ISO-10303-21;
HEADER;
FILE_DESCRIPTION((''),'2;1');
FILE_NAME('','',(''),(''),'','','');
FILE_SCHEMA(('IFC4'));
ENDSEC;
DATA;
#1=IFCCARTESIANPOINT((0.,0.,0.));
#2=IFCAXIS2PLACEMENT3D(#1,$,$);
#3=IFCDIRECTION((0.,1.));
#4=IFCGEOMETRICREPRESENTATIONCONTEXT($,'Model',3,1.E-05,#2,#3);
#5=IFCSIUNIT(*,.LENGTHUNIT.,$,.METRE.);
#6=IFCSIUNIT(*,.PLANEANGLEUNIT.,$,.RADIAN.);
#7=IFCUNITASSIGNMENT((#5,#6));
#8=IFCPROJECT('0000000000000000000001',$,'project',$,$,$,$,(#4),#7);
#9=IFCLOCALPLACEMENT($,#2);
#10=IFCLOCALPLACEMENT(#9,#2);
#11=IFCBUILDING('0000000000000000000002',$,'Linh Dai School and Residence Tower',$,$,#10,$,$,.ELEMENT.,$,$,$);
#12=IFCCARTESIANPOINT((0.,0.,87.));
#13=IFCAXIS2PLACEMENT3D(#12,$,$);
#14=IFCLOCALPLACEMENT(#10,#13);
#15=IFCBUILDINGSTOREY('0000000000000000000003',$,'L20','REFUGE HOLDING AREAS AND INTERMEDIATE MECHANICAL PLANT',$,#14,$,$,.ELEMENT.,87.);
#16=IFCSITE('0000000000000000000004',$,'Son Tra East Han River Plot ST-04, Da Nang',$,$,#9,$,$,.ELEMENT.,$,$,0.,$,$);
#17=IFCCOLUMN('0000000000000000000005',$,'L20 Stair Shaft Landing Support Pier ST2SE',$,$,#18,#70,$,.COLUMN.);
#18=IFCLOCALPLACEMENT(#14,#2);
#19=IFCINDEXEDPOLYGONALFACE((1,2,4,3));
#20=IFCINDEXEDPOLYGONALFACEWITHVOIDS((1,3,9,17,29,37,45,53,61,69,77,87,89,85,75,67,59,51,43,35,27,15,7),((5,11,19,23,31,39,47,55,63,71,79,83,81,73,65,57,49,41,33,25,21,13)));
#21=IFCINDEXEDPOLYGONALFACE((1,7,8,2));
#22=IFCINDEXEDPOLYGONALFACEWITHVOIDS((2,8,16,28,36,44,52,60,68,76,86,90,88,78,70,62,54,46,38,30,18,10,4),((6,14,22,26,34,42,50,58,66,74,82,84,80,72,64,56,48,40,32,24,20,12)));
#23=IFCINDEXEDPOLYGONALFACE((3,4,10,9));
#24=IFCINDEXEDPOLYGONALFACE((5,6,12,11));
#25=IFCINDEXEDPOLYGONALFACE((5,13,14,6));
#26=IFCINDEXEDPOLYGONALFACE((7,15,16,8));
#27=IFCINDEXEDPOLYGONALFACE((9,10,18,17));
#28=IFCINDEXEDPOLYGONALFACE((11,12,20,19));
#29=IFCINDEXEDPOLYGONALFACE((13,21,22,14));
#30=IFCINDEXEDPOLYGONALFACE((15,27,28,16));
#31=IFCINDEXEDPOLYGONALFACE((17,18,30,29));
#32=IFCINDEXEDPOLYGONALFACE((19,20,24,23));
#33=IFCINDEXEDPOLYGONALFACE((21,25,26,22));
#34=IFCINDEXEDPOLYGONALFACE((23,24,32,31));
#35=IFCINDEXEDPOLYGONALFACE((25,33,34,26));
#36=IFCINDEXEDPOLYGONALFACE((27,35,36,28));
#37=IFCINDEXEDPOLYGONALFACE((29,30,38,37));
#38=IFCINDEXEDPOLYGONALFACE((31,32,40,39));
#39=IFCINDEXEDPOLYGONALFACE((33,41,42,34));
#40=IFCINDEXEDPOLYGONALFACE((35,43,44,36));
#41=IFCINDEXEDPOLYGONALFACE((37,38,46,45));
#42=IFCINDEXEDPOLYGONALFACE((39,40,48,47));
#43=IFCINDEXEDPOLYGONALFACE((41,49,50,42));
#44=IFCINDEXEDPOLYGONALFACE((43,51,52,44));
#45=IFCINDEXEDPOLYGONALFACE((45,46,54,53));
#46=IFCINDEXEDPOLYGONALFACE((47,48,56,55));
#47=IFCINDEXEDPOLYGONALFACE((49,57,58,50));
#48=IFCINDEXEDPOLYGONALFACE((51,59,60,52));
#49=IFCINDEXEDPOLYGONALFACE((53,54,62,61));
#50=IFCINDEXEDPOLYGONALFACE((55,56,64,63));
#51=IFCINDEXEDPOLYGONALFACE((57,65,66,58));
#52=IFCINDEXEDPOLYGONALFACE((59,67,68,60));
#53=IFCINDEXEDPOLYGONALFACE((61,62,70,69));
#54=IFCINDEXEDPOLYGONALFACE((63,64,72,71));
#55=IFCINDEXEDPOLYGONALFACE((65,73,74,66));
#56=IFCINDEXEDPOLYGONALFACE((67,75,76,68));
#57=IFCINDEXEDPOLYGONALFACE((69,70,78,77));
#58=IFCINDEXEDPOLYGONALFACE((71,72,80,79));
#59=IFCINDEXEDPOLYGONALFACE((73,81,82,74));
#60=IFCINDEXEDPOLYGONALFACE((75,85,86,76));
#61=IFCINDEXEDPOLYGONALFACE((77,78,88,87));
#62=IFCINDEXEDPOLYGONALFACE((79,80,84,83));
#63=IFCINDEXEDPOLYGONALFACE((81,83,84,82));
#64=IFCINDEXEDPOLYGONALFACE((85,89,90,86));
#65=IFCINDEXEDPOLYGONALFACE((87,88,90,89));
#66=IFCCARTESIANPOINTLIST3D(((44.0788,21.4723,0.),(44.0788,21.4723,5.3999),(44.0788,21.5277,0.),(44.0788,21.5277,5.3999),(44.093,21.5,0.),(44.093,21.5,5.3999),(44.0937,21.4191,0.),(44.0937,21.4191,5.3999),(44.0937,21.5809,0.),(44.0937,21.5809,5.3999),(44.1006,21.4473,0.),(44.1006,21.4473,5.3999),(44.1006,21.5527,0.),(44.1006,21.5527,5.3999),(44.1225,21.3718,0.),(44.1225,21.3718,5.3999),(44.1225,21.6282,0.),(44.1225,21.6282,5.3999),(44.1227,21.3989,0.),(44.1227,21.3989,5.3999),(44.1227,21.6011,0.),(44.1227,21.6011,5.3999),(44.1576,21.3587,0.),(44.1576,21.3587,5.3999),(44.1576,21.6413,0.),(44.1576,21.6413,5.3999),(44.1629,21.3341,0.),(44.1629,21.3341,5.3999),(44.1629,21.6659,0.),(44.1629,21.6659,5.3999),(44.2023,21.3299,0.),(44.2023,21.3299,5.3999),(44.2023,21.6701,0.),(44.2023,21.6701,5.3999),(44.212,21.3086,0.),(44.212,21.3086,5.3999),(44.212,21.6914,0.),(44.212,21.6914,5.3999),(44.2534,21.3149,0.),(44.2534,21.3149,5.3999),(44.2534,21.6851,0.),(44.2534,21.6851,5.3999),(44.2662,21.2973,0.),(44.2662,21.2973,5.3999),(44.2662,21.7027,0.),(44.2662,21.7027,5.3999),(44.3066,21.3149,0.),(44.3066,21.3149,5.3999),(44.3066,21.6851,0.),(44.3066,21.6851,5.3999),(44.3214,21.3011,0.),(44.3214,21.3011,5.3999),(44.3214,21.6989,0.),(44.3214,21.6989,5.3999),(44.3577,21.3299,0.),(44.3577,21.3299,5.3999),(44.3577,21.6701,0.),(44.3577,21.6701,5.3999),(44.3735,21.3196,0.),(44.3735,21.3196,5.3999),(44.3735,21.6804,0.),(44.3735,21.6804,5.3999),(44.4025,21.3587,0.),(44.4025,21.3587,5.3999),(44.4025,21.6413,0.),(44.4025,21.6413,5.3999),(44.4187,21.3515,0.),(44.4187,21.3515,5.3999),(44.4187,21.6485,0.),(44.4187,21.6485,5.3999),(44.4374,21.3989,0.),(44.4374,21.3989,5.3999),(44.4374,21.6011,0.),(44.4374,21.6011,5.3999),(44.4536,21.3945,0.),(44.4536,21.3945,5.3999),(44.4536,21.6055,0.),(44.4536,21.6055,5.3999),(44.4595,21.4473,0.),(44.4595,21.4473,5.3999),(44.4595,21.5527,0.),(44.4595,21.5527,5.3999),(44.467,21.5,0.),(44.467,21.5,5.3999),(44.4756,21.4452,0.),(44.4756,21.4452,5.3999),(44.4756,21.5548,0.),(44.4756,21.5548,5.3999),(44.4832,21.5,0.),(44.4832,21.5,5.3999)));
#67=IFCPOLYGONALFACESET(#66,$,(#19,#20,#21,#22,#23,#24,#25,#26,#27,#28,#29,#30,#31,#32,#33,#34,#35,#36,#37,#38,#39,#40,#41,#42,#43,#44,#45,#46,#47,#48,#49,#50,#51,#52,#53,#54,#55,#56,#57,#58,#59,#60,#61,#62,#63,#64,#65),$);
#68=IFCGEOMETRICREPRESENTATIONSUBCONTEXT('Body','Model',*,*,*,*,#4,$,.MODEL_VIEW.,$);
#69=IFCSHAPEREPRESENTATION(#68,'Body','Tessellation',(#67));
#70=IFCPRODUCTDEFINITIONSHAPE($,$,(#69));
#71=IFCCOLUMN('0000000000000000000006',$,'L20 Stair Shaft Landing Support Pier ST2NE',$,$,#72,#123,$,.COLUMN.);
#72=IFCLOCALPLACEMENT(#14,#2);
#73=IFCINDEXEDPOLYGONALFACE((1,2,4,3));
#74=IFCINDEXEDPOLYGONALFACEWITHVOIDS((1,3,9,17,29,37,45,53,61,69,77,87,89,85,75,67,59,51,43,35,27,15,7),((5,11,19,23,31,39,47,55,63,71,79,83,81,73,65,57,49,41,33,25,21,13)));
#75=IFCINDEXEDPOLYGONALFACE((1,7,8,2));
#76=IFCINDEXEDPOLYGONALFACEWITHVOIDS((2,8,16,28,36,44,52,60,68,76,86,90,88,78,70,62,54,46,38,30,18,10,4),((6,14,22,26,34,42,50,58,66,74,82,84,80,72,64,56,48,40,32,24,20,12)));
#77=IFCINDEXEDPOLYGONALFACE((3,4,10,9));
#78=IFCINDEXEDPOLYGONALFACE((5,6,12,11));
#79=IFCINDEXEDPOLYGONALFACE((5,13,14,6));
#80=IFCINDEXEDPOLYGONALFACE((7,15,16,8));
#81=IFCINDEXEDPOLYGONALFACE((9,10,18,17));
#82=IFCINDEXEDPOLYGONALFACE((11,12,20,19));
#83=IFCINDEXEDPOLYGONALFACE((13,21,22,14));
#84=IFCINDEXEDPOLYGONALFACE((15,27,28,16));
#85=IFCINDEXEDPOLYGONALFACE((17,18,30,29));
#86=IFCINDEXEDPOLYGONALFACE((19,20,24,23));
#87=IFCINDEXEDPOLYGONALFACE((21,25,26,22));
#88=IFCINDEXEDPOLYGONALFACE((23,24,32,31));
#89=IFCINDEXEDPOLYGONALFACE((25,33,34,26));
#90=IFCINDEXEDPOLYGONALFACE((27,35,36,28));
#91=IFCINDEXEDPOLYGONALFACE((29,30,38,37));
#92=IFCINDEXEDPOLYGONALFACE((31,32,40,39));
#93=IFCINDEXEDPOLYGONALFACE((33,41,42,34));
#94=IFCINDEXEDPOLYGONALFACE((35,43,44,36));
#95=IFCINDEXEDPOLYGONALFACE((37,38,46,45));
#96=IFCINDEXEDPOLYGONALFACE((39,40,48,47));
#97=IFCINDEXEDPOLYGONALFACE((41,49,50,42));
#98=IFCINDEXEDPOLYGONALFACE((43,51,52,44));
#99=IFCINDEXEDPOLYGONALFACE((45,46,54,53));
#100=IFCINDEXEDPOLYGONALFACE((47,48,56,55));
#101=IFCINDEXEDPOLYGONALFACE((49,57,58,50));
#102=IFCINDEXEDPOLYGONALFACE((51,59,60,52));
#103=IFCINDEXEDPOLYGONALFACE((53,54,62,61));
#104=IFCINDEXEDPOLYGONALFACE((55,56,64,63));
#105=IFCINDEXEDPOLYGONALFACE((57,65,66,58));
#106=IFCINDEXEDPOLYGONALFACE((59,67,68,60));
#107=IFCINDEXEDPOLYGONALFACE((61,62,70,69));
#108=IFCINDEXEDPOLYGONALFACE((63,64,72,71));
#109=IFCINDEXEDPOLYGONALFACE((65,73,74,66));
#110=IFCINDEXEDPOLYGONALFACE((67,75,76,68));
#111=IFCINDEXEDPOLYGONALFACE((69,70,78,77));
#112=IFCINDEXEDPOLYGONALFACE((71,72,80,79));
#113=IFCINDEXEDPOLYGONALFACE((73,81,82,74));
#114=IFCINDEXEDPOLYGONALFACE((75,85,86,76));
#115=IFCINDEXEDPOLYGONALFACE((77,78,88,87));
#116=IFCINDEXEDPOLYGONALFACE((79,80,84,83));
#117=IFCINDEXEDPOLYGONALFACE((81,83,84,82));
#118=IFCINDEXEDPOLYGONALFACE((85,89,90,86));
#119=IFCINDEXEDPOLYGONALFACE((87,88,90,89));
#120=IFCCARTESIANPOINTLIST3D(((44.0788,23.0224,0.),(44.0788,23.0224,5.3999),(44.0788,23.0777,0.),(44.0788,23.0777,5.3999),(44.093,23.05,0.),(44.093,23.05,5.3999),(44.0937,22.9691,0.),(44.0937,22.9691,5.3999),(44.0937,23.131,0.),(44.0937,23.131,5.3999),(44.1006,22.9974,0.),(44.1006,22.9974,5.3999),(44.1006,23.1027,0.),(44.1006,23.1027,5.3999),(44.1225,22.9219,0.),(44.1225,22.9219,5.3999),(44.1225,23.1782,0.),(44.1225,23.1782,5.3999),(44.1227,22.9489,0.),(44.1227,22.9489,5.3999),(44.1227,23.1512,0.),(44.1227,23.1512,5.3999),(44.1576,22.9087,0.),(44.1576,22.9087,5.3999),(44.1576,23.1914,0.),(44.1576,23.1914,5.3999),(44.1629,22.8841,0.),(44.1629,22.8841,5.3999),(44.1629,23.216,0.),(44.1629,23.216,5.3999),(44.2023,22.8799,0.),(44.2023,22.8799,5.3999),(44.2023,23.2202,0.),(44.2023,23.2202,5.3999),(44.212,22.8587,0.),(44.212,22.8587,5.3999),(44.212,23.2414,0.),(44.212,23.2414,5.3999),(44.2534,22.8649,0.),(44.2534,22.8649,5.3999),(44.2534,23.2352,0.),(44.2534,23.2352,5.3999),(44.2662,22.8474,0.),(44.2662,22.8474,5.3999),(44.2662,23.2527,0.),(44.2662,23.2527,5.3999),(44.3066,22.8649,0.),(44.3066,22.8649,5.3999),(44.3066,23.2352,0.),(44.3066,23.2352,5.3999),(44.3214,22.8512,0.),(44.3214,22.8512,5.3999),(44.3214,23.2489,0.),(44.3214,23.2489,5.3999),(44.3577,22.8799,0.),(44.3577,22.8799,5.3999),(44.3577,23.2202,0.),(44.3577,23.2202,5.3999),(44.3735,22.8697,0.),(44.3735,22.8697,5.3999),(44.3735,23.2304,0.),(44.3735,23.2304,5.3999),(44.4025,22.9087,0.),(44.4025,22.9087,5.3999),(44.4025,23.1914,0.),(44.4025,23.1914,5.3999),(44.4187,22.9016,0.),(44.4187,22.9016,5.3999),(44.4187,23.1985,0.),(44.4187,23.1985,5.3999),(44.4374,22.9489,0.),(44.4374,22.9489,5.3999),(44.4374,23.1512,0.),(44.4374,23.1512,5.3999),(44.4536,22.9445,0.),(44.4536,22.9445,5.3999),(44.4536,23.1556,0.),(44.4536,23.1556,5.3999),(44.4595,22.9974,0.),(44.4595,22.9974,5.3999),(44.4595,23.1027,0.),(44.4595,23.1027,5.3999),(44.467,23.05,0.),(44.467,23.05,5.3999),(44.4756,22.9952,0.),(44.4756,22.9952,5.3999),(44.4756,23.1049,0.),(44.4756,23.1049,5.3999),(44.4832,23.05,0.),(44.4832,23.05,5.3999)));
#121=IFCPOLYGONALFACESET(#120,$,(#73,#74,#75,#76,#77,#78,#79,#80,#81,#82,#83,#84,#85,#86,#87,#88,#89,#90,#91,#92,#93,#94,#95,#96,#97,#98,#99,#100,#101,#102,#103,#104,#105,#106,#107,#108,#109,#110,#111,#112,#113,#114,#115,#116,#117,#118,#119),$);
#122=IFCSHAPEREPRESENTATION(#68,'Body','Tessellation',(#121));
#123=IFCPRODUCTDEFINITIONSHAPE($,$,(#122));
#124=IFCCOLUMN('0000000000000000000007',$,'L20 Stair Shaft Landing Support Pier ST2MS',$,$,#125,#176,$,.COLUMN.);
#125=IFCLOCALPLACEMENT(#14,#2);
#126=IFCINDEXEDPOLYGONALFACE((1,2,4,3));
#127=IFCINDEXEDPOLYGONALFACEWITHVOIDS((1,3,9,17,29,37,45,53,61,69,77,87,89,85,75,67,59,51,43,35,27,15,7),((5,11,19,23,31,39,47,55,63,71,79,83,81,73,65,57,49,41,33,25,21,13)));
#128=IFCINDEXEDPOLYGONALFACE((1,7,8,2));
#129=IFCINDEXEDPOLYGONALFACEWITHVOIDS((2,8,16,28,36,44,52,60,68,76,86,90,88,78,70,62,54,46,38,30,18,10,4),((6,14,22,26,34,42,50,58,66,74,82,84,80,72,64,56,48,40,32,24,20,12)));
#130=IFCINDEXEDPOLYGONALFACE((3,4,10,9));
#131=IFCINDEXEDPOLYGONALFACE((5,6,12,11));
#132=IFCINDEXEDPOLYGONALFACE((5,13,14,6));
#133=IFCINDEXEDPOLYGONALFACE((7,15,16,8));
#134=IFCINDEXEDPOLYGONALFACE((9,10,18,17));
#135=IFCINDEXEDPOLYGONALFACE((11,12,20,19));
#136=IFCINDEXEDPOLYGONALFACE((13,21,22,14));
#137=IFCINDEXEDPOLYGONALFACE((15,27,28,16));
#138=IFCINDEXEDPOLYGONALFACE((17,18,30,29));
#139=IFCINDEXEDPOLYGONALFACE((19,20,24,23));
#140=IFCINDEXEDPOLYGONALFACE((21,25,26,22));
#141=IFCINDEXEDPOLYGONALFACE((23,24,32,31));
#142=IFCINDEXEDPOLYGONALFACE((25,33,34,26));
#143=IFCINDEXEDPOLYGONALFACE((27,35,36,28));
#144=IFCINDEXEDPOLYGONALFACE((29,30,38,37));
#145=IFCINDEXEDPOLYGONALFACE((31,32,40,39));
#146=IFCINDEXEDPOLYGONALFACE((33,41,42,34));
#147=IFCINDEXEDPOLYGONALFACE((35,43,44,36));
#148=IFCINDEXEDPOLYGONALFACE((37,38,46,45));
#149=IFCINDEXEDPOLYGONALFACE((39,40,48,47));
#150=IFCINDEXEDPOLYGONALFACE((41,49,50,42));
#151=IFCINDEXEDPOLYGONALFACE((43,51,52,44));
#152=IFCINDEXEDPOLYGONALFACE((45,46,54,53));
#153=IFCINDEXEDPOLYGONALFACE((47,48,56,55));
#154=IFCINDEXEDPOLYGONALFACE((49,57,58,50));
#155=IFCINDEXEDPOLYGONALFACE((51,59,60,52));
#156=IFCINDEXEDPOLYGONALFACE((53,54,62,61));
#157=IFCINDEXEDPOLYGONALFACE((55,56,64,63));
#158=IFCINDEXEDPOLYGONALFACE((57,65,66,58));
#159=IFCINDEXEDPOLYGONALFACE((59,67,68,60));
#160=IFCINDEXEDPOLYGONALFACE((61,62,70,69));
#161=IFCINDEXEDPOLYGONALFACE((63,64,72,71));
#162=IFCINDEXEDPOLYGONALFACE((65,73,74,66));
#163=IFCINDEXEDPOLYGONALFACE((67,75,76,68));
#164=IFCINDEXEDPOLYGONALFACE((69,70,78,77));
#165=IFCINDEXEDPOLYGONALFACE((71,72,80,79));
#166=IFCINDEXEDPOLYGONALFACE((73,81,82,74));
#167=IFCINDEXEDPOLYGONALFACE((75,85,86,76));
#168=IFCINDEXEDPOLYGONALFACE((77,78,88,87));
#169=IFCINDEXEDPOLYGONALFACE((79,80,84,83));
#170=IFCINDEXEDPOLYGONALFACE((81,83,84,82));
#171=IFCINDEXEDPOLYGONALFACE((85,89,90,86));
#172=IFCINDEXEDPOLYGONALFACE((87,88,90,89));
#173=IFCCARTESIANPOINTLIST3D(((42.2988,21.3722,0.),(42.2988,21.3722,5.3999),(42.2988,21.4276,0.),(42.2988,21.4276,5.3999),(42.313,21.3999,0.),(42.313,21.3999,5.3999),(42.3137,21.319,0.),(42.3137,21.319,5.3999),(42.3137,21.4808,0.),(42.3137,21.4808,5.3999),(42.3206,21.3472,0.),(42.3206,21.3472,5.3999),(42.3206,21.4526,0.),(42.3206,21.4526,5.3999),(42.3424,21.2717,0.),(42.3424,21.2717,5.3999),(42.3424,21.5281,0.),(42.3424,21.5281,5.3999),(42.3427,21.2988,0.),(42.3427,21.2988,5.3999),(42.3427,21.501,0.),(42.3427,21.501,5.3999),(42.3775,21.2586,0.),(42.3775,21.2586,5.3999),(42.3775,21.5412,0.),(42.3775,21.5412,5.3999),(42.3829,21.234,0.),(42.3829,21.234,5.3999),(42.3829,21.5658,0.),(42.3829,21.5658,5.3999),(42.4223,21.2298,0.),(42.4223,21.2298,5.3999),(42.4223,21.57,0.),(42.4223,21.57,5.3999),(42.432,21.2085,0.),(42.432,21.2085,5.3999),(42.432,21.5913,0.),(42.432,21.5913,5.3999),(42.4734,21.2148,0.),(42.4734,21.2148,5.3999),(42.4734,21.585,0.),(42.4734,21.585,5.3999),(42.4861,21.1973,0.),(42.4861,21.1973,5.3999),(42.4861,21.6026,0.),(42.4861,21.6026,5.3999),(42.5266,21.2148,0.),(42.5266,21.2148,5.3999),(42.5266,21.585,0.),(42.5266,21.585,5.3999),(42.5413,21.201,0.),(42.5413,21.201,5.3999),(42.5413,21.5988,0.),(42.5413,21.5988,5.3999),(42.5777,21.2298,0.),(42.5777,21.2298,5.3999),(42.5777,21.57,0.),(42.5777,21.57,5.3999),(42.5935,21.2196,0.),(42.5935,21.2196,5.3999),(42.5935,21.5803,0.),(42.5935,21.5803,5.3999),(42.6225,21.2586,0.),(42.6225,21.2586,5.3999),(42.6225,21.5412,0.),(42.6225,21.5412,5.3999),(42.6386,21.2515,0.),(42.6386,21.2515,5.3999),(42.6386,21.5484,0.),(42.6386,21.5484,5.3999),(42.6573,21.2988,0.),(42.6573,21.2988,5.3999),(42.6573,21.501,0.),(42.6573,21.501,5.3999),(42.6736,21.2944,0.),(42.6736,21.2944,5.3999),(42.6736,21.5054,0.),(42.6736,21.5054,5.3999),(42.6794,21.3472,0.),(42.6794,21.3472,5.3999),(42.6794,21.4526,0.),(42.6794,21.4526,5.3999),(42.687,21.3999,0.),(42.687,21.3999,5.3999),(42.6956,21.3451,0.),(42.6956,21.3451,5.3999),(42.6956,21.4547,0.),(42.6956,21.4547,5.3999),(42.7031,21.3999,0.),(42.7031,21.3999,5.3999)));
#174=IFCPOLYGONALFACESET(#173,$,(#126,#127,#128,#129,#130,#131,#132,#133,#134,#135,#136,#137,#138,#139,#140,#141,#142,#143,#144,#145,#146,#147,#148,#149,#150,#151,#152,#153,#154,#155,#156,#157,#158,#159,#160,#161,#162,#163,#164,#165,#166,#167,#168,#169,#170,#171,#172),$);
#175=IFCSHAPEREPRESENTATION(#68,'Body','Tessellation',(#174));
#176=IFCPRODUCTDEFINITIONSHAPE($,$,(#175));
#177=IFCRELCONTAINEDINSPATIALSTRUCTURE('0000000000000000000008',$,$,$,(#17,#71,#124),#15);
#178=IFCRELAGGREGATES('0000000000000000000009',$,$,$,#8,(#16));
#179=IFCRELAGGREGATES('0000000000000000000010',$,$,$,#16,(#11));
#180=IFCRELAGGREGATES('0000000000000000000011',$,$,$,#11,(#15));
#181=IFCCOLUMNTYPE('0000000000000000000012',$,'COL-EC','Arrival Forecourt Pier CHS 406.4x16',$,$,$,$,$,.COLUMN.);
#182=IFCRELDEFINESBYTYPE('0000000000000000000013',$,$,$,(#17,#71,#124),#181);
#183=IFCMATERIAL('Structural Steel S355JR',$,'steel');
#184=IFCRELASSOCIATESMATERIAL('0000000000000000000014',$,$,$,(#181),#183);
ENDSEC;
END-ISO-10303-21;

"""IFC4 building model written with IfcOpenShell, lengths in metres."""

from ifc_helpers import new_model, si_unit, direction, frame, origin, origin_2d, place, context, subcontext, project, spatial, hollow_circle, extrude, material, material_profile, profile_set, type_object, element, save


model = new_model("IFC4")

# Units and contexts
model_context = context("Model", 3, precision=1e-05, world=origin(), true_north=direction((0.0, 1.0)))
body_context = subcontext(model_context, "Body", "Model", "MODEL_VIEW")
ifc_project = project(units=[si_unit("LENGTHUNIT", "METRE"), si_unit("PLANEANGLEUNIT", "RADIAN")], contexts=[model_context])

# Site, building, storey
site_placement = place(None, origin())
site = spatial("IfcSite", under=ifc_project, at=site_placement, Name="Son Tra East Han River Plot ST-04, Da Nang", CompositionType="ELEMENT", RefElevation=0.0)
building_placement = place(site_placement, origin())
building = spatial("IfcBuilding", under=site, at=building_placement, Name="Linh Dai School and Residence Tower", CompositionType="ELEMENT")
storey_placement = place(building_placement, frame((0.0, 0.0, 87.0)))
storey = spatial("IfcBuildingStorey", under=building, at=storey_placement, Name="L20", Description="REFUGE HOLDING AREAS AND INTERMEDIATE MECHANICAL PLANT", CompositionType="ELEMENT", Elevation=87.0)

# Columns
ifc_material_1 = material(Name="Structural Steel S355JR", Category="steel")
ifc_material_profile_1 = material_profile(ifc_material_1, hollow_circle(Radius=0.2031, WallThickness=0.0161, at=origin_2d()), Name="CHS 406.4x16")
ifc_profile_set_1 = profile_set([ifc_material_profile_1], Name="Structural Steel S355JR")
column_type_1 = type_object("IfcColumnType", Name="COL-EC", Description="Arrival Forecourt Pier CHS 406.4x16", PredefinedType="COLUMN", material=ifc_profile_set_1)
for number, where, z_axis, x_axis, name in (
    (1, (44.28, 21.5, 0.0), (0.0, 0.0, 1.0), (1.0, 0.0, 0.0), "L20 Stair Shaft Landing Support Pier ST2SE"),
    (2, (44.28, 23.05, 0.0), (0.0, 0.0, 1.0), (1.0, 0.0, 0.0), "L20 Stair Shaft Landing Support Pier ST2NE"),
    (3, (42.5, 21.3999, 0.0), (0.0, 0.0, 1.0), (1.0, 0.0, 0.0), "L20 Stair Shaft Landing Support Pier ST2MS"),
):
    element("IfcColumn", number, at=place(storey_placement, frame(where, z_axis=z_axis, x_axis=x_axis)), inside=storey, type_object=column_type_1, Name=name, PredefinedType="COLUMN", context=body_context, shape_type="SweptSolid", body=[
        extrude(hollow_circle(Radius=0.2031, WallThickness=0.0161, at=origin_2d()), origin(), (0.0, 0.0, 1.0), 5.3999),
    ])

save(model, "model.ifc")
